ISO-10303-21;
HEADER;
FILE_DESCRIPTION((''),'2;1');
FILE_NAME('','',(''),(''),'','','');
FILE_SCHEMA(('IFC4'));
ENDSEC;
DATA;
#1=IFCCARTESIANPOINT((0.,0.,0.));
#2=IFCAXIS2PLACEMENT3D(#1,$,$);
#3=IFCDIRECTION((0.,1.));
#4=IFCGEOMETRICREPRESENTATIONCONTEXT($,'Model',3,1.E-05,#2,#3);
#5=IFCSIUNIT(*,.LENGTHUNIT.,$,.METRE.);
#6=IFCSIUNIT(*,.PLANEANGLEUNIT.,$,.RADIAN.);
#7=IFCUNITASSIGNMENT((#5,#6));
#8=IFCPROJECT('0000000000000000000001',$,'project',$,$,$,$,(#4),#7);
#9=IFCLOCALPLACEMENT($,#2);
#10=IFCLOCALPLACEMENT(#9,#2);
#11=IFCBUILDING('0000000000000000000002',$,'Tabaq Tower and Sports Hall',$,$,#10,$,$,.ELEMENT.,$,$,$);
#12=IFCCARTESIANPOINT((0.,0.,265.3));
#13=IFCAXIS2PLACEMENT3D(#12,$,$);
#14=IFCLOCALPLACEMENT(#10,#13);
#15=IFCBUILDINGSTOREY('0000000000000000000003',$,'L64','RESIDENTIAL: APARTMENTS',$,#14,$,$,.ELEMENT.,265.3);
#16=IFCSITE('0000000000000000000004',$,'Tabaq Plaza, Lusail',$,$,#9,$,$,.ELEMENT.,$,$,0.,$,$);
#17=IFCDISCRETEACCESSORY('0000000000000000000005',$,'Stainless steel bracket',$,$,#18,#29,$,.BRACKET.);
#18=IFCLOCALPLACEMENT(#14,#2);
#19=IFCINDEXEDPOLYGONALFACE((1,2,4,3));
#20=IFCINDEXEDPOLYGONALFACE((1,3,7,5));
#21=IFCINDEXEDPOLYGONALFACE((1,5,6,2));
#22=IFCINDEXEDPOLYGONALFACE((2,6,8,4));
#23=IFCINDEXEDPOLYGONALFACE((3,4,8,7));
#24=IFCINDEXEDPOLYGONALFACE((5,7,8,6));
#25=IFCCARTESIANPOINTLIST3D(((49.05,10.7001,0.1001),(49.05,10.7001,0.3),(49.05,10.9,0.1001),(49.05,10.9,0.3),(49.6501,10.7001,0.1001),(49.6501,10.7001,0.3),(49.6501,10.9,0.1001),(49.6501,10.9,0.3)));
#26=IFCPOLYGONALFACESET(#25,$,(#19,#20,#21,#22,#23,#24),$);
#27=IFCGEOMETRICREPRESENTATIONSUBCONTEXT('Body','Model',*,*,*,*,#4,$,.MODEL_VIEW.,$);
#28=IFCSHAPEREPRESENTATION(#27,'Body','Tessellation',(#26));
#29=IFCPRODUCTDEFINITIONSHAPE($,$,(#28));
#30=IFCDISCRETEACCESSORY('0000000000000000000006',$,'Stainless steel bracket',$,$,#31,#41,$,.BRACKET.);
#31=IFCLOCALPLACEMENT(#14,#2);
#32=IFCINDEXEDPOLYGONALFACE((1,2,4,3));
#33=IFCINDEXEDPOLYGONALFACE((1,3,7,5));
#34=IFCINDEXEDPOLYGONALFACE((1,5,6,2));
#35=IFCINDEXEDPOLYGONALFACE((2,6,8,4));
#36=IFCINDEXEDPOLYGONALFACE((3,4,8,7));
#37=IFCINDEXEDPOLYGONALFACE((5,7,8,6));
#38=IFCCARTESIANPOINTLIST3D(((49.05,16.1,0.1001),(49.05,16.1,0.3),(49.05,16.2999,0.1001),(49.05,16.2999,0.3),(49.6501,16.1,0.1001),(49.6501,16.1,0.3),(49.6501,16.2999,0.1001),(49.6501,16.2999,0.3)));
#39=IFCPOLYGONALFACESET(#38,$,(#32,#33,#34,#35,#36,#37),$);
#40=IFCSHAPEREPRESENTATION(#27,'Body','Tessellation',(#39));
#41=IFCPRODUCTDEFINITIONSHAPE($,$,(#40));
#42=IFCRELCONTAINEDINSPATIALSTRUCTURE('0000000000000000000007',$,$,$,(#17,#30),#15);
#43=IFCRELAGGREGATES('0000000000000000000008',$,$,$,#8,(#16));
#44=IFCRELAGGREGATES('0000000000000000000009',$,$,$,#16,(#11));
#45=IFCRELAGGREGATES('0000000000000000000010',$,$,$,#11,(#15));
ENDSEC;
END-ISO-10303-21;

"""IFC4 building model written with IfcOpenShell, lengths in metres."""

from ifc_helpers import new_model, si_unit, direction, frame, origin, origin_2d, place, context, subcontext, project, spatial, rectangle, extrude, element, save


model = new_model("IFC4")

# Units and contexts
model_context = context("Model", 3, precision=1e-05, world=origin(), true_north=direction((0.0, 1.0)))
body_context = subcontext(model_context, "Body", "Model", "MODEL_VIEW")
ifc_project = project(units=[si_unit("LENGTHUNIT", "METRE"), si_unit("PLANEANGLEUNIT", "RADIAN")], contexts=[model_context])

# Site, building, storey
site_placement = place(None, origin())
site = spatial("IfcSite", under=ifc_project, at=site_placement, Name="Tabaq Plaza, Lusail", CompositionType="ELEMENT", RefElevation=0.0)
building_placement = place(site_placement, origin())
building = spatial("IfcBuilding", under=site, at=building_placement, Name="Tabaq Tower and Sports Hall", CompositionType="ELEMENT")
storey_placement = place(building_placement, frame((0.0, 0.0, 265.3)))
storey = spatial("IfcBuildingStorey", under=building, at=storey_placement, Name="L64", Description="RESIDENTIAL: APARTMENTS", CompositionType="ELEMENT", Elevation=265.3)

# Discrete accessories
for number, where, z_axis, x_axis, name in (
    (1, (49.3501, 10.8, 0.1001), (0.0, 0.0, 1.0), (1.0, 0.0, 0.0), "Stainless steel bracket"),
    (2, (49.3501, 16.2, 0.1001), (0.0, 0.0, 1.0), (1.0, 0.0, 0.0), "Stainless steel bracket"),
):
    element("IfcDiscreteAccessory", number, at=place(storey_placement, frame(where, z_axis=z_axis, x_axis=x_axis)), inside=storey, Name=name, PredefinedType="BRACKET", context=body_context, shape_type="SweptSolid", body=[
        extrude(rectangle(XDim=0.6001, YDim=0.2, at=origin_2d()), origin(), (0.0, 0.0, 1.0), 0.2),
    ])

save(model, "model.ifc")
